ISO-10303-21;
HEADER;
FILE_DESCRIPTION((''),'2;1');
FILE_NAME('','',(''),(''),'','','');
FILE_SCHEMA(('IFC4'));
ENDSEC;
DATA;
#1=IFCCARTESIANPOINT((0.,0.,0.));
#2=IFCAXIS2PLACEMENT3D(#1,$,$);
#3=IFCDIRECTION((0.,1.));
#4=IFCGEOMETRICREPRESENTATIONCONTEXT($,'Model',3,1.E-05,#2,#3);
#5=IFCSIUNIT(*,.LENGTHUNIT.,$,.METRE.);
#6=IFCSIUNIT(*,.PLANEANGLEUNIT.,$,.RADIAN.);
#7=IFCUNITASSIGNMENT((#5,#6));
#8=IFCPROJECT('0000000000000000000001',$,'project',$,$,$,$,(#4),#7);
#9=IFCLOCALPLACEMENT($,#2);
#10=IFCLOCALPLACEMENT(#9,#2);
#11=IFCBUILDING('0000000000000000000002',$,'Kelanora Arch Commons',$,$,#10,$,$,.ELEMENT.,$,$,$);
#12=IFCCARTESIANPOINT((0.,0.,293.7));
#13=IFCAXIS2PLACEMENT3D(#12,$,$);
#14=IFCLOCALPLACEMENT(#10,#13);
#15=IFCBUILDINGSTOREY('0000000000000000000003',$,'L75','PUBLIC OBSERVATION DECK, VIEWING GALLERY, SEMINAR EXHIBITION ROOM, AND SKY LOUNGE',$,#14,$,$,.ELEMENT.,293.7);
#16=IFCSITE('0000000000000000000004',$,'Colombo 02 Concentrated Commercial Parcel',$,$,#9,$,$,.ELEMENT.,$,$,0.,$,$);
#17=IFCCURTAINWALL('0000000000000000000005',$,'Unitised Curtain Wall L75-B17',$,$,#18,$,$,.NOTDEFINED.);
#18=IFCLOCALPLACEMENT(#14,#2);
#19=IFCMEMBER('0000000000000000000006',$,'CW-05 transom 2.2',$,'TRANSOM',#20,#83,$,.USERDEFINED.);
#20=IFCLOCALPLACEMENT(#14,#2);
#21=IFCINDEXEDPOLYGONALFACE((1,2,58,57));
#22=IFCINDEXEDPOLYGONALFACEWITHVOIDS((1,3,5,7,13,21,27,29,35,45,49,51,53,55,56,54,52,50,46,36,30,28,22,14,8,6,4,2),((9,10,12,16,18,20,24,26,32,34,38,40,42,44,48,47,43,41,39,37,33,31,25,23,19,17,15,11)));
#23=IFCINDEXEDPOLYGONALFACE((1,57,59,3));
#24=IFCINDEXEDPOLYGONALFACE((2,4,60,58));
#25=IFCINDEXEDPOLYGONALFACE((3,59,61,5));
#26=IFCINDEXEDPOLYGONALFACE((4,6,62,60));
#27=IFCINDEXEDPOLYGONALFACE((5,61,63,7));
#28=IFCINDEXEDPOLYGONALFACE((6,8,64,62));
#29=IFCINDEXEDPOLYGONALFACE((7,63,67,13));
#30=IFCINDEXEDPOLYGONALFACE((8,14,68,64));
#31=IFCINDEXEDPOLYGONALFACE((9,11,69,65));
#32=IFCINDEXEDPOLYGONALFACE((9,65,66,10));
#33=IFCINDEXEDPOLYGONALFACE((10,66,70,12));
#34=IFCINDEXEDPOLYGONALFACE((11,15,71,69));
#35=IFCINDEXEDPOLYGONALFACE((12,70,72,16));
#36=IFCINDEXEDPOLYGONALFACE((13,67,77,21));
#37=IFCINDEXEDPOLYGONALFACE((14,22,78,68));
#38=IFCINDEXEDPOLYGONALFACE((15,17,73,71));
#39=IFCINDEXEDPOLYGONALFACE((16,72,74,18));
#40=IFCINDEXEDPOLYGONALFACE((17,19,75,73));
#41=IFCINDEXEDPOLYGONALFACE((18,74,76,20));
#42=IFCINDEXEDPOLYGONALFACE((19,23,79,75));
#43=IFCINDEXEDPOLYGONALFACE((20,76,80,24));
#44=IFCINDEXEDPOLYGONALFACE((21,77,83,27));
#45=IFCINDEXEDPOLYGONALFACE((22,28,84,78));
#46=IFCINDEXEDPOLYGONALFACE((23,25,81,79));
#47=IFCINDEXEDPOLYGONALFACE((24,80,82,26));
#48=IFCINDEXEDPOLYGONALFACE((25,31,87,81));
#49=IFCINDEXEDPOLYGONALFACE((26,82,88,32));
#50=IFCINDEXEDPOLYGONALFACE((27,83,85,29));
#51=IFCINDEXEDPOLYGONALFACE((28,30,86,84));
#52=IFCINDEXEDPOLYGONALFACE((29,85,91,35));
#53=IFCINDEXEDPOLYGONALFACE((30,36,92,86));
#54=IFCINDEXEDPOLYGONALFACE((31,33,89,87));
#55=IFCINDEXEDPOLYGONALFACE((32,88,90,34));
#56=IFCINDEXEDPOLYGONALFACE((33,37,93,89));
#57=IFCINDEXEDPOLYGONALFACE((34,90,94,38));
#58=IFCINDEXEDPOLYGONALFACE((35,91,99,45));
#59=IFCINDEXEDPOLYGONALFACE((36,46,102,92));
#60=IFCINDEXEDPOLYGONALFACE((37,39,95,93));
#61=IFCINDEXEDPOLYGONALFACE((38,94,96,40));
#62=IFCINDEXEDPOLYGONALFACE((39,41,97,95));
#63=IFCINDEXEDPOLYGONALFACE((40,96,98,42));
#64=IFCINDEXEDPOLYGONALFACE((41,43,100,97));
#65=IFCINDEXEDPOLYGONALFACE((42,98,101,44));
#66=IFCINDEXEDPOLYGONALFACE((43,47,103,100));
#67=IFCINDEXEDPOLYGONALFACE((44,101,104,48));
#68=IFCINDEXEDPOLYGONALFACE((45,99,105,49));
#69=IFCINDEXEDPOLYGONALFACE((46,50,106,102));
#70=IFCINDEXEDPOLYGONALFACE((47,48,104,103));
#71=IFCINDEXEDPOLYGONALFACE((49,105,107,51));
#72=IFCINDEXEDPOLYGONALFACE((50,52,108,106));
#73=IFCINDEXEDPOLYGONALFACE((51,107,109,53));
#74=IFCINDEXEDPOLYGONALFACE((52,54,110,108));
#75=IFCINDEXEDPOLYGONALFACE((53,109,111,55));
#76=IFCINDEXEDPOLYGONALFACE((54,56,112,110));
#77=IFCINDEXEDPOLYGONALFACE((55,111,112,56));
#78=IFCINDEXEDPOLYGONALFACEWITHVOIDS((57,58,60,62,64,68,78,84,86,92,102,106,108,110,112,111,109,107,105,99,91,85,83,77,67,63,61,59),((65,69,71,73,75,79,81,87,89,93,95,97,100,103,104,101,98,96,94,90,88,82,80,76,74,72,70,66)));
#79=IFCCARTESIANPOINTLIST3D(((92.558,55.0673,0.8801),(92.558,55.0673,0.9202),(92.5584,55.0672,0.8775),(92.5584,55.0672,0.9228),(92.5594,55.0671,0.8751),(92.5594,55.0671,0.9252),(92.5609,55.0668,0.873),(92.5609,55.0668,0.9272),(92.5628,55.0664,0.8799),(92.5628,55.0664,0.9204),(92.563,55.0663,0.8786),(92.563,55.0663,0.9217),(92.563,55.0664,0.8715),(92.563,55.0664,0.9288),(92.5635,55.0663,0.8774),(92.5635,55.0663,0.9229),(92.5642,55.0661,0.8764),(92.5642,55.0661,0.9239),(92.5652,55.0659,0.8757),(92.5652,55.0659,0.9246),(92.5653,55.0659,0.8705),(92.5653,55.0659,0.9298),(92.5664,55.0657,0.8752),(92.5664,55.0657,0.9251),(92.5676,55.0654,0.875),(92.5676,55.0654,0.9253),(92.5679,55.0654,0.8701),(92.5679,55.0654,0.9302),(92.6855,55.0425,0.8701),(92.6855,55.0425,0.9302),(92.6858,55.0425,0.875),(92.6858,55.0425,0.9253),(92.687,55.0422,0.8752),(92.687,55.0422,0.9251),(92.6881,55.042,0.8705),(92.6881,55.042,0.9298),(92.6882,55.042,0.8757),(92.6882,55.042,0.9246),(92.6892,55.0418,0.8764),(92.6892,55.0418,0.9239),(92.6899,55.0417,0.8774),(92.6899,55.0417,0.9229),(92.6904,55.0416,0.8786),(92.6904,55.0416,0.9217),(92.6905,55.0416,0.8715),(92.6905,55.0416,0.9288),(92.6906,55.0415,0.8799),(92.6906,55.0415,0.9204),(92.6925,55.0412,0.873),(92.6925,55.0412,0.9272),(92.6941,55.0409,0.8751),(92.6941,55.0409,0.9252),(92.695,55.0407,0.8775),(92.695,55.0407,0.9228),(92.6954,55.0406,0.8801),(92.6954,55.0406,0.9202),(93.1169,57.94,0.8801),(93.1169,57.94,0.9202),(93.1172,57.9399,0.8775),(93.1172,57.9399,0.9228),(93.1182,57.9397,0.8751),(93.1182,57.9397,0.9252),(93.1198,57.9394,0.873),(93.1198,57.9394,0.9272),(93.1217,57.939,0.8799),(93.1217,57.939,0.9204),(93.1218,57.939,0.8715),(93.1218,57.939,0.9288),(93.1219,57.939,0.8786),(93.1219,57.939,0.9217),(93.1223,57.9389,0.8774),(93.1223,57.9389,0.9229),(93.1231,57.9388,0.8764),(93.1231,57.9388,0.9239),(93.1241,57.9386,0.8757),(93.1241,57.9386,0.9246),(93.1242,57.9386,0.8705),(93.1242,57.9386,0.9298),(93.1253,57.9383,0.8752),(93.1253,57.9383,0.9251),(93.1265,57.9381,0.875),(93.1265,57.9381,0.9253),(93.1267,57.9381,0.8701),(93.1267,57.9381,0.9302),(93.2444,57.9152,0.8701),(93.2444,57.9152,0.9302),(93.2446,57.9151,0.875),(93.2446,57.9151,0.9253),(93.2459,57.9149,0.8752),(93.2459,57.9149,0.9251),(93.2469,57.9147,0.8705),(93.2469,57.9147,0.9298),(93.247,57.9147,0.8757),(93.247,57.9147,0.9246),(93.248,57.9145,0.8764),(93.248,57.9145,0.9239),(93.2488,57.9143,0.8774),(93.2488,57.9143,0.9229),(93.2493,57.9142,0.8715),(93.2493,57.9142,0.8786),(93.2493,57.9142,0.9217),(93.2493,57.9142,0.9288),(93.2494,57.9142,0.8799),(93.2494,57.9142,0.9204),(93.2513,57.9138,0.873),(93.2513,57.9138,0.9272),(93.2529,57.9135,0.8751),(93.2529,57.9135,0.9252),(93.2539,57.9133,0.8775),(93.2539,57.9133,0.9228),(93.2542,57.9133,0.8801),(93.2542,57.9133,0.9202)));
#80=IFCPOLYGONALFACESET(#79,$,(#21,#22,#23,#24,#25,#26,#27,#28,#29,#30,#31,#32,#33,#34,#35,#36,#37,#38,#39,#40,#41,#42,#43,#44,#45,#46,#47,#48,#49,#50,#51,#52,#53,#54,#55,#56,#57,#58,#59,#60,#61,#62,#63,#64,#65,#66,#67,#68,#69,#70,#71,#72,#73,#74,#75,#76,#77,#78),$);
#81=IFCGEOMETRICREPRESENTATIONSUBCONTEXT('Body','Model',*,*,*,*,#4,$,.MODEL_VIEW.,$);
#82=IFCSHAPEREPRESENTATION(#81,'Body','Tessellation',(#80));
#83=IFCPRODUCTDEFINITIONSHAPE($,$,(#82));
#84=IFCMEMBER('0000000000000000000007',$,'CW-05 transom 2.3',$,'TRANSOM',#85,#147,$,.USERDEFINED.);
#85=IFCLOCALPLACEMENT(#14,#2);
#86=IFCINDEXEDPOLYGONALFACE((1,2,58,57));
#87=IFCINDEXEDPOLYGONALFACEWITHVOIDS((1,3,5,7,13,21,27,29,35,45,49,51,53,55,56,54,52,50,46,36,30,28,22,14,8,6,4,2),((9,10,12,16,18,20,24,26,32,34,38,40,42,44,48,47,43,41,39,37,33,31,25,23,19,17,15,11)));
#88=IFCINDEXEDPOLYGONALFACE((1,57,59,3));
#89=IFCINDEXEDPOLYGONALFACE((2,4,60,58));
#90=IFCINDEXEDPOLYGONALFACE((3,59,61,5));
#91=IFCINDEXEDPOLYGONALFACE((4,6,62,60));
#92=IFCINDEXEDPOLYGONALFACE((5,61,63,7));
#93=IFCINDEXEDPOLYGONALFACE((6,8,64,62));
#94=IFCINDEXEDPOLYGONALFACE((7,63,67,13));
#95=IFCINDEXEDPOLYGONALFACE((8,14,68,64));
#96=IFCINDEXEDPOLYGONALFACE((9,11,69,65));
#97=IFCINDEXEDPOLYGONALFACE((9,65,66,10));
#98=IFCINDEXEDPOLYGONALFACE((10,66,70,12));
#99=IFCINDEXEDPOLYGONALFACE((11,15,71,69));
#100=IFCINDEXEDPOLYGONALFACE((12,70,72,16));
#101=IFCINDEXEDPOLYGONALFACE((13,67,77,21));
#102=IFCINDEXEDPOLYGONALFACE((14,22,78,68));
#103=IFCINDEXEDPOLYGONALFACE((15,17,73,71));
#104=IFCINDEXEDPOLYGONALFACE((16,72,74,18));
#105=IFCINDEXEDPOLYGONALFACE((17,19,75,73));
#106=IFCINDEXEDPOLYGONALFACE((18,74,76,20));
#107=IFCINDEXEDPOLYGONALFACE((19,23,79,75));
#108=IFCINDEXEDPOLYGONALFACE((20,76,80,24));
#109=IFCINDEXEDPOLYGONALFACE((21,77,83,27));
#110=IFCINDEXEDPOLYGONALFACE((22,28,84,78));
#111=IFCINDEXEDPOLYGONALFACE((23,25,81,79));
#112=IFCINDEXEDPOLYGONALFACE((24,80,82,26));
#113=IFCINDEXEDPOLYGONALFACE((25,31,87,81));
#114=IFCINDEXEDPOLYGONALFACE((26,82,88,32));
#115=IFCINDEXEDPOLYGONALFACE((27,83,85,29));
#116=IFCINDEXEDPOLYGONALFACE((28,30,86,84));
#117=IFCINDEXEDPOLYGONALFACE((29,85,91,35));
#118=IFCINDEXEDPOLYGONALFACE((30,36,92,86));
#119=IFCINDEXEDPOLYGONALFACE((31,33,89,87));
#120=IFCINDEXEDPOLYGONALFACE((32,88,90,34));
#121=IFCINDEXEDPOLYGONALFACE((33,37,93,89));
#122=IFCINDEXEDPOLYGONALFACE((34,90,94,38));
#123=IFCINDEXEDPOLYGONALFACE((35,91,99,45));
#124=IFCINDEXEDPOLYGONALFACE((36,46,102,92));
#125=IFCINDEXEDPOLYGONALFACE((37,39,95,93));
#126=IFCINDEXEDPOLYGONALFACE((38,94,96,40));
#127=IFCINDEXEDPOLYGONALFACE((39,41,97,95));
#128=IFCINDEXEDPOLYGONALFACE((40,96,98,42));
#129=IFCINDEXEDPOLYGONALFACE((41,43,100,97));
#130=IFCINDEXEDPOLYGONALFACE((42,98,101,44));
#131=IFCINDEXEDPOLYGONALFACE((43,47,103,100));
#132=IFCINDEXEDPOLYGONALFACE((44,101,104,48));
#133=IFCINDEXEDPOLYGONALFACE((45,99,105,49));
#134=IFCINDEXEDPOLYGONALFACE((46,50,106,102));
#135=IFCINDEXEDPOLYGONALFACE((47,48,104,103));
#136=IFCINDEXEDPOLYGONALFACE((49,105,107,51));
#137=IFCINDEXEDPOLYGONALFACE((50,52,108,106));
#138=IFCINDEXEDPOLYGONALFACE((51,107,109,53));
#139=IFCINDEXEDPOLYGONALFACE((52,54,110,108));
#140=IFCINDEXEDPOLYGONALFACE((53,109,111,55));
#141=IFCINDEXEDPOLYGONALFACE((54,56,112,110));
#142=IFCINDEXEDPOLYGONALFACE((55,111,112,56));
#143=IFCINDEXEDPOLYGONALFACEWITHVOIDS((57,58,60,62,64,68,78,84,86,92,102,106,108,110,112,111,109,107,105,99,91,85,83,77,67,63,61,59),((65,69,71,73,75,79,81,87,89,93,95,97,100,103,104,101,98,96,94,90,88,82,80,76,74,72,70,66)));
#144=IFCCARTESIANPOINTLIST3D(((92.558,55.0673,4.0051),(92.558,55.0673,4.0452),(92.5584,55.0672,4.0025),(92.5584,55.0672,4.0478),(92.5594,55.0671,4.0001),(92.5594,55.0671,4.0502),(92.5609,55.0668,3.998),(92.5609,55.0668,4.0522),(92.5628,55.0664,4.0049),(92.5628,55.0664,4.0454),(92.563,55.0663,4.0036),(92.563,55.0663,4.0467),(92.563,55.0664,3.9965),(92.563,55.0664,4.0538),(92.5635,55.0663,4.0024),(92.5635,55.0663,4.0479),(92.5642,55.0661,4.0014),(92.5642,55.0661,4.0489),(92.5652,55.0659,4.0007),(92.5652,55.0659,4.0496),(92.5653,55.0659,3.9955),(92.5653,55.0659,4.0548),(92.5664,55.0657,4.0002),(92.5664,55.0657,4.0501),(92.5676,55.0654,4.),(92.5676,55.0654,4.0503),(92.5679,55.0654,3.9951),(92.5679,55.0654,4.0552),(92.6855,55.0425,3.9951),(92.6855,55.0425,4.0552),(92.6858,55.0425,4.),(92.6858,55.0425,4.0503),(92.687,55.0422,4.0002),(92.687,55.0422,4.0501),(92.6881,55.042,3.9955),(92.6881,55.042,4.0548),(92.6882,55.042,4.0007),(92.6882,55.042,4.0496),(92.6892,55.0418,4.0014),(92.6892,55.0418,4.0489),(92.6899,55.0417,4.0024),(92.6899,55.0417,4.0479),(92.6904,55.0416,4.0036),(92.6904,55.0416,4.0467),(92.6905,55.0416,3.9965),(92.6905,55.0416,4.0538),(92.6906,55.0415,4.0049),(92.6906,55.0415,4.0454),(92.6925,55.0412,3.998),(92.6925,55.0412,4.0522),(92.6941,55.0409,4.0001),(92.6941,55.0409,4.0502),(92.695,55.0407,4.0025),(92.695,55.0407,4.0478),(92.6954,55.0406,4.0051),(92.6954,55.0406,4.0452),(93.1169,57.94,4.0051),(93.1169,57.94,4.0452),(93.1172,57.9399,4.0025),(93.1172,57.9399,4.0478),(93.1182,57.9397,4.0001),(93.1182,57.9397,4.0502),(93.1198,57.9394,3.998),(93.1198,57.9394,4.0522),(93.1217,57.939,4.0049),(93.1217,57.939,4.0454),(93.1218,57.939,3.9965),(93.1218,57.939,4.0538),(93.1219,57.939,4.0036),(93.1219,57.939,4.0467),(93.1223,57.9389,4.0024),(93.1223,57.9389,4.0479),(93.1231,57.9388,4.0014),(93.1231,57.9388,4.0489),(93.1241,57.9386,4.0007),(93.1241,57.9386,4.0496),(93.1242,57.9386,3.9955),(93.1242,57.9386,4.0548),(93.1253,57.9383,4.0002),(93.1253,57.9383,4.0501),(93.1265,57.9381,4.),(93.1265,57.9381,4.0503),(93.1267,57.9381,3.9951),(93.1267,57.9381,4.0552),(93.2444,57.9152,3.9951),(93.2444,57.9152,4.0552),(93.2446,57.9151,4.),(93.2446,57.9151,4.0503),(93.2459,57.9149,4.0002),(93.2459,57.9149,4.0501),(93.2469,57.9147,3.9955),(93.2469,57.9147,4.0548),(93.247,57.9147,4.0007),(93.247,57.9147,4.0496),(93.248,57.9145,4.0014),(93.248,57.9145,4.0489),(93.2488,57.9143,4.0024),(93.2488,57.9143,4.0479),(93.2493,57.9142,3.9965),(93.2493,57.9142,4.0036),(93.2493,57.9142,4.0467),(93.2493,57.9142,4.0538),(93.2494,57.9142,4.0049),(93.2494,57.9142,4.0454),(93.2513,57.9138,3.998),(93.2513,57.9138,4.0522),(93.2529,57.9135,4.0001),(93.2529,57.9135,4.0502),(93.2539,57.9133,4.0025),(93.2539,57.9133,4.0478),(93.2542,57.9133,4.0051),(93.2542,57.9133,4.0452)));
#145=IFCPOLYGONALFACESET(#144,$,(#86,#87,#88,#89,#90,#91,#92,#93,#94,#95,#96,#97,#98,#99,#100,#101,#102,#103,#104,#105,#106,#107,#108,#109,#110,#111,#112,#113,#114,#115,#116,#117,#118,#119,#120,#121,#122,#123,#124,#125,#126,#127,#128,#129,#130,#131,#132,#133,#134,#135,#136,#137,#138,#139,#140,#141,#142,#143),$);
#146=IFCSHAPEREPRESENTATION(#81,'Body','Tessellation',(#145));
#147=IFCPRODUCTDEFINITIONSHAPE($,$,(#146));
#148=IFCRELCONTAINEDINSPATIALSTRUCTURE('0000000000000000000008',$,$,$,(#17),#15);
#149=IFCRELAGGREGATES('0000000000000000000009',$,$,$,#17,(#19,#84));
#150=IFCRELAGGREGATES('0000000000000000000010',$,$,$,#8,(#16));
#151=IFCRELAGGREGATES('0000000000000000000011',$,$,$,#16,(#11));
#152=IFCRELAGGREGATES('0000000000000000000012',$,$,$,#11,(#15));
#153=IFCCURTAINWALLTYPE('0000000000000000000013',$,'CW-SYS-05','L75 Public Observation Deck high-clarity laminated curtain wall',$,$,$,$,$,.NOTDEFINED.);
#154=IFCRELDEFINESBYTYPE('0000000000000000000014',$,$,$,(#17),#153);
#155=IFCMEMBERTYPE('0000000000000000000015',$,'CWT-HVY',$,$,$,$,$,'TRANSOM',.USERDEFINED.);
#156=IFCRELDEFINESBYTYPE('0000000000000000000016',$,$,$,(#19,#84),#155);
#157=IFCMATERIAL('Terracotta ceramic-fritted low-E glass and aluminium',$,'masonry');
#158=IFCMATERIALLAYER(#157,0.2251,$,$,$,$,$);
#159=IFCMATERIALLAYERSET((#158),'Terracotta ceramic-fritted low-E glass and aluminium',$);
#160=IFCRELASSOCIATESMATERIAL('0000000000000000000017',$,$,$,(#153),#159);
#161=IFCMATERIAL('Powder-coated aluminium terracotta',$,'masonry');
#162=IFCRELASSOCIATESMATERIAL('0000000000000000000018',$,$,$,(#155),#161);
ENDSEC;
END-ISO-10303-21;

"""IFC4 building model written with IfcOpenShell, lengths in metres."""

from ifc_helpers import new_model, si_unit, direction, frame, origin, origin_2d, place, context, subcontext, project, spatial, hollow_rectangle, extrude, material, layer, layer_set, material_profile, profile_set, type_object, element, aggregate, save


model = new_model("IFC4")

# Units and contexts
model_context = context("Model", 3, precision=1e-05, world=origin(), true_north=direction((0.0, 1.0)))
body_context = subcontext(model_context, "Body", "Model", "MODEL_VIEW")
ifc_project = project(units=[si_unit("LENGTHUNIT", "METRE"), si_unit("PLANEANGLEUNIT", "RADIAN")], contexts=[model_context])

# Site, building, storey
site_placement = place(None, origin())
site = spatial("IfcSite", under=ifc_project, at=site_placement, Name="Colombo 02 Concentrated Commercial Parcel", CompositionType="ELEMENT", RefElevation=0.0)
building_placement = place(site_placement, origin())
building = spatial("IfcBuilding", under=site, at=building_placement, Name="Kelanora Arch Commons", CompositionType="ELEMENT")
storey_placement = place(building_placement, frame((0.0, 0.0, 293.7)))
storey = spatial("IfcBuildingStorey", under=building, at=storey_placement, Name="L75", Description="PUBLIC OBSERVATION DECK, VIEWING GALLERY, SEMINAR EXHIBITION ROOM, AND SKY LOUNGE", CompositionType="ELEMENT", Elevation=293.7)

# Shared definitions
ifc_material_1 = material(Name="Terracotta ceramic-fritted low-E glass and aluminium", Category="masonry")
ifc_layer_1 = layer(ifc_material_1, 0.2251)
ifc_layer_set_1 = layer_set([ifc_layer_1], Name="Terracotta ceramic-fritted low-E glass and aluminium")
curtain_wall_type = type_object("IfcCurtainWallType", Name="CW-SYS-05", Description="L75 Public Observation Deck high-clarity laminated curtain wall", PredefinedType="NOTDEFINED", material=ifc_layer_set_1)
ifc_material_2 = material(Name="Powder-coated aluminium terracotta", Category="masonry")

# Curtain wall, members
curtain_wall_1_placement = place(storey_placement, origin())
curtain_wall_1 = element("IfcCurtainWall", 1, at=curtain_wall_1_placement, inside=storey, type_object=curtain_wall_type, Name="Unitised Curtain Wall L75-B17", PredefinedType="NOTDEFINED")
ifc_material_profile_1 = material_profile(ifc_material_2, hollow_rectangle(XDim=0.1399, YDim=0.0601, WallThickness=0.0049, InnerFilletRadius=0.0049, OuterFilletRadius=0.01, at=origin_2d()), Name="CWT140x60")
ifc_profile_set_1 = profile_set([ifc_material_profile_1], Name="Powder-coated aluminium terracotta")
member_type_1 = type_object("IfcMemberType", Name="CWT-HVY", ElementType="TRANSOM", PredefinedType="USERDEFINED", material=ifc_profile_set_1)
member_1_placement = place(storey_placement, frame((92.6267, 55.054, 0.9001), z_axis=(0.190963, 0.981597, 0.0), x_axis=(-0.981597, 0.190963, 0.0)))
member_1 = element("IfcMember", 2, at=member_1_placement, type_object=member_type_1, Name="CW-05 transom 2.2", ObjectType="TRANSOM", PredefinedType="USERDEFINED", context=body_context, shape_type="SweptSolid", body=[
    extrude(hollow_rectangle(XDim=0.1399, YDim=0.0601, WallThickness=0.0049, InnerFilletRadius=0.0049, OuterFilletRadius=0.01, at=origin_2d()), origin(), (0.0, 0.0, 1.0), 2.9265),
])
member_2_placement = place(storey_placement, frame((92.6267, 55.054, 4.0251), z_axis=(0.190963, 0.981597, 0.0), x_axis=(-0.981597, 0.190963, 0.0)))
member_2 = element("IfcMember", 3, at=member_2_placement, type_object=member_type_1, Name="CW-05 transom 2.3", ObjectType="TRANSOM", PredefinedType="USERDEFINED", context=body_context, shape_type="SweptSolid", body=[
    extrude(hollow_rectangle(XDim=0.1399, YDim=0.0601, WallThickness=0.0049, InnerFilletRadius=0.0049, OuterFilletRadius=0.01, at=origin_2d()), origin(), (0.0, 0.0, 1.0), 2.9265),
])
aggregate(curtain_wall_1, [member_1, member_2])

save(model, "model.ifc")
